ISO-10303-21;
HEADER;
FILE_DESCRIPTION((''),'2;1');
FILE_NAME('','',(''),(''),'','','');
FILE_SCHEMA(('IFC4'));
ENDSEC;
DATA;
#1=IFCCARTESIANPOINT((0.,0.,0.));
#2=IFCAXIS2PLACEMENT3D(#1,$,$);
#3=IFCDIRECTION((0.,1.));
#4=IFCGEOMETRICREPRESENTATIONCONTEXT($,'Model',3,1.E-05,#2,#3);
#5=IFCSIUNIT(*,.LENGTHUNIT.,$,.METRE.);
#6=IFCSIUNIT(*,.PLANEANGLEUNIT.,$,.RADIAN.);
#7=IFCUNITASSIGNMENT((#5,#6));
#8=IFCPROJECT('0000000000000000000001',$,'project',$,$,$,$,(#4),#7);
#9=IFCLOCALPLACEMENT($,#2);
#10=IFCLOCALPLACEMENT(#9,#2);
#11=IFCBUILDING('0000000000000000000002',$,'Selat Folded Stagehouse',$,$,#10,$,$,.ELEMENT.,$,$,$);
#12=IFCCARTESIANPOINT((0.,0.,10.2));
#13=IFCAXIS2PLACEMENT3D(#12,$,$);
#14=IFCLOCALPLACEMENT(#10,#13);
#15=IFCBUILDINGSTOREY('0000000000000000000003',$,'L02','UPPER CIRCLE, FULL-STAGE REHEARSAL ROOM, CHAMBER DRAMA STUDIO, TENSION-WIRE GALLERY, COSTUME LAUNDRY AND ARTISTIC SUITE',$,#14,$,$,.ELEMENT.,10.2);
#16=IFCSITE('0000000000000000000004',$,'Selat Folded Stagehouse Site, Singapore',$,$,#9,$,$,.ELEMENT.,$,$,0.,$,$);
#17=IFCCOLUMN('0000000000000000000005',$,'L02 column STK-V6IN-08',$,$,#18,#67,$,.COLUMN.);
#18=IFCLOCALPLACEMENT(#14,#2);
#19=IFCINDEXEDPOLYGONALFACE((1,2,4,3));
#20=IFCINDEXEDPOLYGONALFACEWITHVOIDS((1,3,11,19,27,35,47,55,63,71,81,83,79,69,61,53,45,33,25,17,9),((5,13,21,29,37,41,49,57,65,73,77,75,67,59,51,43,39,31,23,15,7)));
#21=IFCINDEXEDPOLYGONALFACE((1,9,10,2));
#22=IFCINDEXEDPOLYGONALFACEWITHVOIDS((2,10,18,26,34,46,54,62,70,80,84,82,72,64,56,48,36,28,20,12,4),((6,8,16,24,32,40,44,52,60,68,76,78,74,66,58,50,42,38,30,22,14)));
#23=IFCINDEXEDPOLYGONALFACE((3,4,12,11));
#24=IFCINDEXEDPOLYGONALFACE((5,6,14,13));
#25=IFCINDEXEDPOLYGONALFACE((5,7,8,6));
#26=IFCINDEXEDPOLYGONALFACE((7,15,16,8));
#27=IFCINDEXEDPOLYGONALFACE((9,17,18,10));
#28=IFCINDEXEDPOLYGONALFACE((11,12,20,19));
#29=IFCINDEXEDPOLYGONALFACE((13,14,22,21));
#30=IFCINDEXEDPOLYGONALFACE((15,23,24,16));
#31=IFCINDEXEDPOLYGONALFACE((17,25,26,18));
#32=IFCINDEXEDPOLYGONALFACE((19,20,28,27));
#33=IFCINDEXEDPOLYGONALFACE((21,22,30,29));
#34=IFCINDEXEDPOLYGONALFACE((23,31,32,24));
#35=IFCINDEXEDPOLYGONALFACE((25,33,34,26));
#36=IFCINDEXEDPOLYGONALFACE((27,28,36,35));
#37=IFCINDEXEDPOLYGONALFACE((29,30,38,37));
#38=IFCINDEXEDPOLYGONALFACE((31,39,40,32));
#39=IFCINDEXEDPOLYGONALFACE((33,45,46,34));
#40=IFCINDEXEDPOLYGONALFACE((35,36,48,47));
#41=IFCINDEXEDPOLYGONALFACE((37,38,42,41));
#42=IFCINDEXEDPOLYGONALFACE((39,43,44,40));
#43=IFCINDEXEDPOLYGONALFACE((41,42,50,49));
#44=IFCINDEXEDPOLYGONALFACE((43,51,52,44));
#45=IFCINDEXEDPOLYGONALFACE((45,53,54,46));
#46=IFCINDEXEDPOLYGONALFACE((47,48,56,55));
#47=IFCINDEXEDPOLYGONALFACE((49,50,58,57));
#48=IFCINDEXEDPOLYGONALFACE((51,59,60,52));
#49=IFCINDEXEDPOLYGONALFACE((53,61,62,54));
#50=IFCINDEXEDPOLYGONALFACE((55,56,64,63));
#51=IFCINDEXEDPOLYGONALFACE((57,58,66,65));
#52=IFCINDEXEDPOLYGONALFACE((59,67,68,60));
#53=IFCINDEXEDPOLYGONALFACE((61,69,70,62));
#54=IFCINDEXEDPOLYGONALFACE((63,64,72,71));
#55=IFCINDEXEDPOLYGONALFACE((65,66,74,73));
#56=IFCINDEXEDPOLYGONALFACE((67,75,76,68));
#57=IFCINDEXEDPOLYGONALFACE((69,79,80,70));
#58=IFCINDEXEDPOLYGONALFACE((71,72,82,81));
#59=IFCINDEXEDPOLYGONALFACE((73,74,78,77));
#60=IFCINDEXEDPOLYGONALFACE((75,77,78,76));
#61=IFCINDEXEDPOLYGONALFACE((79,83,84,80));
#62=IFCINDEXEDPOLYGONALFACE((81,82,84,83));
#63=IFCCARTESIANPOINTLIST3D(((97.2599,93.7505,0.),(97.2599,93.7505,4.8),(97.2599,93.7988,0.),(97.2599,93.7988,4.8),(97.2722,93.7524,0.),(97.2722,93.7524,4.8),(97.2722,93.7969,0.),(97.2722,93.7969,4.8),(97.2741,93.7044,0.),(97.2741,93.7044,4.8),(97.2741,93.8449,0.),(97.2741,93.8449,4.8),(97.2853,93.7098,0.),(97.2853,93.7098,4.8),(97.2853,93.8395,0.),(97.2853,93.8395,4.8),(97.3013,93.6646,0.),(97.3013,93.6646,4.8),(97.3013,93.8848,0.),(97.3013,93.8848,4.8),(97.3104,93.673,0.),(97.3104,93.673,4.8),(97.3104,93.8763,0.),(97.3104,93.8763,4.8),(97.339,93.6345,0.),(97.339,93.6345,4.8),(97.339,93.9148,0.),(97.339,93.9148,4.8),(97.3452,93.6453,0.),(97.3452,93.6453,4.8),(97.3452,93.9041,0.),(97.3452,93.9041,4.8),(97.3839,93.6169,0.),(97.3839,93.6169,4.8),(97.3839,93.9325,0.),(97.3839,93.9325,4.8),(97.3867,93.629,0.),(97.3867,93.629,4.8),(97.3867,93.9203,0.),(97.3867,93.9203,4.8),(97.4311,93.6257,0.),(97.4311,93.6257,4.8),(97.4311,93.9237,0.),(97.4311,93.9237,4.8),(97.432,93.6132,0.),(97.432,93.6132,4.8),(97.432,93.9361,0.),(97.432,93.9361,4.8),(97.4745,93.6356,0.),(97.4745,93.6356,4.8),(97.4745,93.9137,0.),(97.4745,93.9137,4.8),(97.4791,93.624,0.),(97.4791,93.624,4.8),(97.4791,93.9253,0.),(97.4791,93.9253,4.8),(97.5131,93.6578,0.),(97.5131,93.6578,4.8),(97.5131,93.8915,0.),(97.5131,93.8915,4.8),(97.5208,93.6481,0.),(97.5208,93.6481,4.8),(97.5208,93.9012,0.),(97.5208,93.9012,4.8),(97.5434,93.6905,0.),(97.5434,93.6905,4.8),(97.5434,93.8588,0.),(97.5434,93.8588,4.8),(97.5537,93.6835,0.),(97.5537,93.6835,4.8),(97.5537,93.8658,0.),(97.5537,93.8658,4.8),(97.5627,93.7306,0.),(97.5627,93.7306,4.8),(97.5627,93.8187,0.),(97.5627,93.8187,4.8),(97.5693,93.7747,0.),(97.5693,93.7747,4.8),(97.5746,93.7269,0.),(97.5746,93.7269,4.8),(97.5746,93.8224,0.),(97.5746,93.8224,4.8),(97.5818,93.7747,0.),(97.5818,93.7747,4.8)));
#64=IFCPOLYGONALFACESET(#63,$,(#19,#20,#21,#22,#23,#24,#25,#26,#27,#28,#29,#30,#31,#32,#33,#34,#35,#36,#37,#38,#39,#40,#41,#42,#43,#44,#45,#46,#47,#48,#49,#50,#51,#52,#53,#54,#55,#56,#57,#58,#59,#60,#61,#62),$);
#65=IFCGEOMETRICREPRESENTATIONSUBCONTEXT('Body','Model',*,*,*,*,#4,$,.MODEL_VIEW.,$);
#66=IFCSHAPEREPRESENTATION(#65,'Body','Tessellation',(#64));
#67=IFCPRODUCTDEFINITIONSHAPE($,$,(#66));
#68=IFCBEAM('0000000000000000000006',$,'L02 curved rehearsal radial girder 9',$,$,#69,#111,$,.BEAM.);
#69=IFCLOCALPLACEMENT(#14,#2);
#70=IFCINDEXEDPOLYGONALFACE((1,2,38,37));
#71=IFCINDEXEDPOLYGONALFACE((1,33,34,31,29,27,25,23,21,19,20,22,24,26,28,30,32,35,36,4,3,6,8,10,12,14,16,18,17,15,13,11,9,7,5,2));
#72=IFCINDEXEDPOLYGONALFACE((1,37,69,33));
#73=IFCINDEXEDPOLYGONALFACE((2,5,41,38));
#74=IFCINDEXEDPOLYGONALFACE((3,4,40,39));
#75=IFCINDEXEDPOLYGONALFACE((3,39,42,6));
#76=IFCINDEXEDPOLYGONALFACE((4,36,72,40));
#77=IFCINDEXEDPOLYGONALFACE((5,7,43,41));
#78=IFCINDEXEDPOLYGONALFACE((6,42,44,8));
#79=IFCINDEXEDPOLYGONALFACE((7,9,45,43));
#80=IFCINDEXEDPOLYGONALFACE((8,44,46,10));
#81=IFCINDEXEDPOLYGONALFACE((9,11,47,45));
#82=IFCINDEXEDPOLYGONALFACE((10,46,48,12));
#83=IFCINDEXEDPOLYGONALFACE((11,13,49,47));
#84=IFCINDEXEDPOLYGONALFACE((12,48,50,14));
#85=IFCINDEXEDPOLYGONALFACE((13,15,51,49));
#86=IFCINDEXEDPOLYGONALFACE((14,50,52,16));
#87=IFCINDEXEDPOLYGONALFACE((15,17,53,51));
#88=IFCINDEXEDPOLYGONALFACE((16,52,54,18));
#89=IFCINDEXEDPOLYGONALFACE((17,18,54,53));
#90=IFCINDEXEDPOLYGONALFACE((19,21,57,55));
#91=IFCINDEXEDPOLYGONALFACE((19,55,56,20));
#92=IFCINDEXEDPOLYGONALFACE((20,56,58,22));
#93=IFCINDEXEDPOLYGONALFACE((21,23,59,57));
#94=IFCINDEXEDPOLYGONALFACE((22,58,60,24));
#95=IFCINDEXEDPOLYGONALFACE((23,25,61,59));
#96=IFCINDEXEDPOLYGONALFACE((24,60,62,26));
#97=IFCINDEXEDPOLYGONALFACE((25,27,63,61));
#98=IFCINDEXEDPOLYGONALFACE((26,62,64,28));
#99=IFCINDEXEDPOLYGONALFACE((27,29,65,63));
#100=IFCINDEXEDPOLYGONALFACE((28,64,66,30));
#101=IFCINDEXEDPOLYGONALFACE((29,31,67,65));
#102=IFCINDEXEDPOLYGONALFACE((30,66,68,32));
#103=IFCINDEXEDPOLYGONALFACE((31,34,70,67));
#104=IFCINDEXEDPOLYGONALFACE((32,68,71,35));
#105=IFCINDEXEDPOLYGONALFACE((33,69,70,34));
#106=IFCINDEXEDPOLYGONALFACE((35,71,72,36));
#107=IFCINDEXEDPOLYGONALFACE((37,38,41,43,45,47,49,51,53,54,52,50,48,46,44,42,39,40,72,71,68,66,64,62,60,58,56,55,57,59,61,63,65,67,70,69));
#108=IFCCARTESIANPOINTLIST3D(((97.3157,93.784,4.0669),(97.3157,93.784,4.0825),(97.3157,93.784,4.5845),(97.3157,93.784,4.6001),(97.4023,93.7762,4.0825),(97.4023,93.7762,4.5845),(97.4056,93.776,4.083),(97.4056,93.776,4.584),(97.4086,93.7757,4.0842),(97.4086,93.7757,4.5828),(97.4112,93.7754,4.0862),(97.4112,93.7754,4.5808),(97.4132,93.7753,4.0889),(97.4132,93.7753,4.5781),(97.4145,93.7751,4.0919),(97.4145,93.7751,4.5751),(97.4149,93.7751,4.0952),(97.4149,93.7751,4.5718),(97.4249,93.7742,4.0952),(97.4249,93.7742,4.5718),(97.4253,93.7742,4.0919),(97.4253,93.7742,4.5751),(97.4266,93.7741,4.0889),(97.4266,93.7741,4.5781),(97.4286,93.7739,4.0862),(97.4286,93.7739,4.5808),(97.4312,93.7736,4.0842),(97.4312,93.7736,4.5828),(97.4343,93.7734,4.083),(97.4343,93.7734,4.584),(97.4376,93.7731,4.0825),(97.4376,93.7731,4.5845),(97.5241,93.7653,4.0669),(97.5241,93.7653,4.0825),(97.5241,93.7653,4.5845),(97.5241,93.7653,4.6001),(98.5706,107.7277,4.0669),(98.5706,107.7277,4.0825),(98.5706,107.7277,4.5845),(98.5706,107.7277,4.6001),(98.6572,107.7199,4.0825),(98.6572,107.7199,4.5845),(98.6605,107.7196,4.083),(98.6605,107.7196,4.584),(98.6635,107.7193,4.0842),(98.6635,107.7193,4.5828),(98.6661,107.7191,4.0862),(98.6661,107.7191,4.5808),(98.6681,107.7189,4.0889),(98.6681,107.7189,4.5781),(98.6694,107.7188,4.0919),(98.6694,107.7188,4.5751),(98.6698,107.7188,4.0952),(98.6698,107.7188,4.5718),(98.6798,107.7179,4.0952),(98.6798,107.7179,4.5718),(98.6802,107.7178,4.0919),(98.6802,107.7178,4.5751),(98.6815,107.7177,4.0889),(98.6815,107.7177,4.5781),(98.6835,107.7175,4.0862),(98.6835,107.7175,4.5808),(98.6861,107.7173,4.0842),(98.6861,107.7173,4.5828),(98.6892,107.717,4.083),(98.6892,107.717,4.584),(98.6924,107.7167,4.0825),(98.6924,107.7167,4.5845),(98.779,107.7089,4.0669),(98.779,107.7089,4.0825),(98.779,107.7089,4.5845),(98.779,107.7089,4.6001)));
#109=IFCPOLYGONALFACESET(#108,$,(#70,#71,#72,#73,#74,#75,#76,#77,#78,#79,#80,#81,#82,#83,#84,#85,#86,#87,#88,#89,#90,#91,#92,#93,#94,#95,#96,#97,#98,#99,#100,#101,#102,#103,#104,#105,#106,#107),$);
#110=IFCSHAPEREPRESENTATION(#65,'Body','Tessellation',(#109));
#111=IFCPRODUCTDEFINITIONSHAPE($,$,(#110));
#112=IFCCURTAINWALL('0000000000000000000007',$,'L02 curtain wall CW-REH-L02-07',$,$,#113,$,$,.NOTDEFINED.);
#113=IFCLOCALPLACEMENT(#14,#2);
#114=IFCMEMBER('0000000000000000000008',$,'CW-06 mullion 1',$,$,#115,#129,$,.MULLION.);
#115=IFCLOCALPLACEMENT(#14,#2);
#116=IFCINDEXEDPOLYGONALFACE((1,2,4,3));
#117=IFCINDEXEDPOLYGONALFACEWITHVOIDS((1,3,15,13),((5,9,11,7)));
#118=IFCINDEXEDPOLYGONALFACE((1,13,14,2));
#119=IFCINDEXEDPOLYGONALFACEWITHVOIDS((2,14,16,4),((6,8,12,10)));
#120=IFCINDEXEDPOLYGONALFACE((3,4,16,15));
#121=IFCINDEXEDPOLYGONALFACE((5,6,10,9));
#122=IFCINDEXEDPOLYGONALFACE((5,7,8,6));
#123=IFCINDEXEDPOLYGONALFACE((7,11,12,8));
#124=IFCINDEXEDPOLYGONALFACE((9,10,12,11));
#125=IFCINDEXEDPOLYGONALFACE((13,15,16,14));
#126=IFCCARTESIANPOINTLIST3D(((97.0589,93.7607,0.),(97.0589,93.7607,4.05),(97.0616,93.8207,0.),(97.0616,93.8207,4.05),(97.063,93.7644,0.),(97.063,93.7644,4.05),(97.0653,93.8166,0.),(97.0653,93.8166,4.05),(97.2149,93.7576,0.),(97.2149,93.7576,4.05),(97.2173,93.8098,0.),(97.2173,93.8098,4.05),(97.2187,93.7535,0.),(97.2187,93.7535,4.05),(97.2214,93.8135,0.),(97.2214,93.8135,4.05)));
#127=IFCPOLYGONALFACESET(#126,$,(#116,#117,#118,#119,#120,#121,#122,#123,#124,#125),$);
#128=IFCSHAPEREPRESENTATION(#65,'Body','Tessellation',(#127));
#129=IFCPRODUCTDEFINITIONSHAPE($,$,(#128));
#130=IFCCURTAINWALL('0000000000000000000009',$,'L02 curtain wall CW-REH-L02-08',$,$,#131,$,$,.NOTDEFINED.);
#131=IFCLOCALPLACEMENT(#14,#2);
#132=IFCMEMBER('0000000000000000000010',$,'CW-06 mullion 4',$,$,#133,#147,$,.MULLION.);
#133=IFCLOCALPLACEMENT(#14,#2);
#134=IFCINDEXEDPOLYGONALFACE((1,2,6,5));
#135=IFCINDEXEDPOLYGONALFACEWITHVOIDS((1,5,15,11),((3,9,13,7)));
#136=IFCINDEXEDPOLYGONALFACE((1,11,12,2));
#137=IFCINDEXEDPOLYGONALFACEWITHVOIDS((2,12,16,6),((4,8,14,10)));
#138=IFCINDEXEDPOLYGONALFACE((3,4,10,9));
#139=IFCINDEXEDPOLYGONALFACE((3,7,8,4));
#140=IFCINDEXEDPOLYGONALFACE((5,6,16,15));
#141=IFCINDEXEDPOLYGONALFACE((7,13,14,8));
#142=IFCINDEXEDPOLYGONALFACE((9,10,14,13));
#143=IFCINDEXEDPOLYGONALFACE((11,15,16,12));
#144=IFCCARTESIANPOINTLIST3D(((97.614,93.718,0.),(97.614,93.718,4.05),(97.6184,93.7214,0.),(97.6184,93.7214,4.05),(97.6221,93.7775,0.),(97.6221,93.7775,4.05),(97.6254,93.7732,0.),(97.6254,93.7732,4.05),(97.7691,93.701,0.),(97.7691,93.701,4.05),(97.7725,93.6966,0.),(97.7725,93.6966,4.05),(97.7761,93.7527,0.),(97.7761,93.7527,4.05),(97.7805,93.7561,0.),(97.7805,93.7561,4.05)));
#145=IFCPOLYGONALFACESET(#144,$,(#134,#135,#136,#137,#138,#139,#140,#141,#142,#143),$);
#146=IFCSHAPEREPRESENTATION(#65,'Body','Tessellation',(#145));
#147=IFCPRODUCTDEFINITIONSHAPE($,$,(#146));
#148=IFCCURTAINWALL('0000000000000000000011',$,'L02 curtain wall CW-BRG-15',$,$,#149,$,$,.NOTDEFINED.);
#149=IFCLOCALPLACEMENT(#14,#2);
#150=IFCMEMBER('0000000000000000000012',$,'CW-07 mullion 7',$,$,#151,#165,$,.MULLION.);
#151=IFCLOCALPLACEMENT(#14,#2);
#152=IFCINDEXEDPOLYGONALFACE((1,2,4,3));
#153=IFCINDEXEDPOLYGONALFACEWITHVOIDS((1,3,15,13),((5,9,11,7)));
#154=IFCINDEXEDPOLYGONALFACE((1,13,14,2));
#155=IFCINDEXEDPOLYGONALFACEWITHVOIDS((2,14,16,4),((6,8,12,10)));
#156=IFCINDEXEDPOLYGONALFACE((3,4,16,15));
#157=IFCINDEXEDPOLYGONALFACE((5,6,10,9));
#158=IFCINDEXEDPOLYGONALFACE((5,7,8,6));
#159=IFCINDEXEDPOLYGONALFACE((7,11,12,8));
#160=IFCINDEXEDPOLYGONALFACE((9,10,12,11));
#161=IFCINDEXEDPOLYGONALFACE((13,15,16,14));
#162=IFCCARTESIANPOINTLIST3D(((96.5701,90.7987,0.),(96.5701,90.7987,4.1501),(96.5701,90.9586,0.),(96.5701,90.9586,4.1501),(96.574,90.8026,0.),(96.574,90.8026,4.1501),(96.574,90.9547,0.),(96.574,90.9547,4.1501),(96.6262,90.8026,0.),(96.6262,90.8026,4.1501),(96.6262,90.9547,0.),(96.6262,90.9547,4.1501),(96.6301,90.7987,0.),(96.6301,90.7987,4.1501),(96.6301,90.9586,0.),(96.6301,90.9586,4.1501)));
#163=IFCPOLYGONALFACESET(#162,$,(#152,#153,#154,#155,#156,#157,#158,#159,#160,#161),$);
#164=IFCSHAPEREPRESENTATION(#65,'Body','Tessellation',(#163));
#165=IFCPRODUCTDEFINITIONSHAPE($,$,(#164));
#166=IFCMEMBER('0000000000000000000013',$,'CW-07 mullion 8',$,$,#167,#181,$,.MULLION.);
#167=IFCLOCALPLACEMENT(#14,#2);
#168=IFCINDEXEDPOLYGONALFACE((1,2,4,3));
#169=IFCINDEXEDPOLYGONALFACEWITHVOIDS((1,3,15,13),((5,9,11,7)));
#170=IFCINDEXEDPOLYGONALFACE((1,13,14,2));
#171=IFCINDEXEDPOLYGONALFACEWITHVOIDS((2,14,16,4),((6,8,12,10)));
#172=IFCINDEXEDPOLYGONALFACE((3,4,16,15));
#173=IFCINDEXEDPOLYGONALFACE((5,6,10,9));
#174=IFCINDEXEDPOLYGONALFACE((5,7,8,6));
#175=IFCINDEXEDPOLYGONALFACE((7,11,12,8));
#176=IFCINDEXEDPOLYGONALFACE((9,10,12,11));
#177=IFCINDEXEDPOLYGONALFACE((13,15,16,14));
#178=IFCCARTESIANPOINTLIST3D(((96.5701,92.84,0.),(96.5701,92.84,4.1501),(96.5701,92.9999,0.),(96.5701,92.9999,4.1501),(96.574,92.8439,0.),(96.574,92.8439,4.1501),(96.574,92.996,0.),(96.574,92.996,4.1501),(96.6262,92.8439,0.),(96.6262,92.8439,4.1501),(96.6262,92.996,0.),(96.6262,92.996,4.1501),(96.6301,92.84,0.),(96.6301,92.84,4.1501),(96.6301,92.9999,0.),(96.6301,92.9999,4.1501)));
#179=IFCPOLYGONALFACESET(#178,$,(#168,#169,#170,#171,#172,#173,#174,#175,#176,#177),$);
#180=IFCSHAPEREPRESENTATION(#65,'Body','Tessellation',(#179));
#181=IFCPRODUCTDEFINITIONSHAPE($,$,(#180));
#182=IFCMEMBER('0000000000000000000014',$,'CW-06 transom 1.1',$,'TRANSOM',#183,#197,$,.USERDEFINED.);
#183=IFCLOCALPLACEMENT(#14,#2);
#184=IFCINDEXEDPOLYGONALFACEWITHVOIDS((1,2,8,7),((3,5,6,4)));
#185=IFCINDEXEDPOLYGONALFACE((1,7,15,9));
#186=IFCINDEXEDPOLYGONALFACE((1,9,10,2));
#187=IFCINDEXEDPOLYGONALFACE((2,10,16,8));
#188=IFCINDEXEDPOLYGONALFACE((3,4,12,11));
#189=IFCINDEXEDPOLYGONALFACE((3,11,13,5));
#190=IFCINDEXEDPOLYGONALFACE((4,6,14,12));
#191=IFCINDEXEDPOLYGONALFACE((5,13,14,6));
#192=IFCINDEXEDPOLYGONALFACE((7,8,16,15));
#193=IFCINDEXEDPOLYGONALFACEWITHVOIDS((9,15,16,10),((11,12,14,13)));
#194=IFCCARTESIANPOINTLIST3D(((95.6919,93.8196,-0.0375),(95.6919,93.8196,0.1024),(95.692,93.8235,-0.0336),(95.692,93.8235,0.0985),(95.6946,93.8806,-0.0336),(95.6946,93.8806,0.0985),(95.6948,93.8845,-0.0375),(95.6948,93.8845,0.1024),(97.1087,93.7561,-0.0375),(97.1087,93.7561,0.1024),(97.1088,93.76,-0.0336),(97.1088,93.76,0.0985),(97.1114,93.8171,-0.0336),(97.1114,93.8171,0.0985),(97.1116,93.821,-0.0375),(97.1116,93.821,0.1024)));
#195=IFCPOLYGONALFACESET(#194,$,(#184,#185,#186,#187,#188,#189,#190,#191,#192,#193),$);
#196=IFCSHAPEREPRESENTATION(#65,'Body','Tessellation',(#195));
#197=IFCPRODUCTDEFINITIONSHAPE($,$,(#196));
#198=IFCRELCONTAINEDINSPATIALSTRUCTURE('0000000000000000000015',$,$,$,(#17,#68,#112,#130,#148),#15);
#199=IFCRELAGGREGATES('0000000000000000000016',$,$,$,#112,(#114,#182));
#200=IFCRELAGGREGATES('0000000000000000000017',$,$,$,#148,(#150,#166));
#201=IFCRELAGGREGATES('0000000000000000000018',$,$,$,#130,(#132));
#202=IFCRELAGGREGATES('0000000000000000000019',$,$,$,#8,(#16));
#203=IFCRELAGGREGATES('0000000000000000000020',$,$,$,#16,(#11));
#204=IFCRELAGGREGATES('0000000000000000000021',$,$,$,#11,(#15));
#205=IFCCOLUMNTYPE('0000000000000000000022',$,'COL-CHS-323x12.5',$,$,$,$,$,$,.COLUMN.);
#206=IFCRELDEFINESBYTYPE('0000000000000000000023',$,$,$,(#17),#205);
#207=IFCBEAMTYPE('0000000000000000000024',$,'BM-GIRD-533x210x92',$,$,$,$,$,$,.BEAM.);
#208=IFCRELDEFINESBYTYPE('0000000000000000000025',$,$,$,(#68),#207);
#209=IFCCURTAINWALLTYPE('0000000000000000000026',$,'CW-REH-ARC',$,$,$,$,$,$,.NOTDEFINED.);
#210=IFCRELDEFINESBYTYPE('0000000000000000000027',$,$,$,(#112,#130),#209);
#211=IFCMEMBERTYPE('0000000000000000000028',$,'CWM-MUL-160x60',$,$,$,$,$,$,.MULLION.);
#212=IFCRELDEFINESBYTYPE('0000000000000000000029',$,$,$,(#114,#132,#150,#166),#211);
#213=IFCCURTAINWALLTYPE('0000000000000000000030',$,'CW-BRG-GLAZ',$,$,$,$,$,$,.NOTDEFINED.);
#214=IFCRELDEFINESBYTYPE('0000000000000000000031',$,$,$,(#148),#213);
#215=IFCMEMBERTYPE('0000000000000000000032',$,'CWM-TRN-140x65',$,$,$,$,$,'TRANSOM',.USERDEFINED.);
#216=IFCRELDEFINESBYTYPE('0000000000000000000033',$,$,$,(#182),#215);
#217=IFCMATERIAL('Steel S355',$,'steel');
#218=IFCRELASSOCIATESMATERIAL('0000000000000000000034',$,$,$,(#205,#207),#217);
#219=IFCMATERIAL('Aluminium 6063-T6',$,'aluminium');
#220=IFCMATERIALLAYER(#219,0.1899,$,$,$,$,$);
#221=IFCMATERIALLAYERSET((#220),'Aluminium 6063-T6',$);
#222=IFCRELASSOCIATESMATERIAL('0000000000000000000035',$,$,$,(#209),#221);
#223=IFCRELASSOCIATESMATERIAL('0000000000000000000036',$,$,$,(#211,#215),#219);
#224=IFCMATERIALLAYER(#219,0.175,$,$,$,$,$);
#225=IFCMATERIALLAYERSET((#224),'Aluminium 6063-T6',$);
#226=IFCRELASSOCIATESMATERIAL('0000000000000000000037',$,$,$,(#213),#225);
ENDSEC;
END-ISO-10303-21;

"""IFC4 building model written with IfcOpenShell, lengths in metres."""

from ifc_helpers import new_model, si_unit, direction, frame, origin, origin_2d, place, context, subcontext, project, spatial, hollow_rectangle, hollow_circle, i_section, extrude, material, layer, layer_set, material_profile, profile_set, type_object, element, aggregate, save


model = new_model("IFC4")

# Units and contexts
model_context = context("Model", 3, precision=1e-05, world=origin(), true_north=direction((0.0, 1.0)))
body_context = subcontext(model_context, "Body", "Model", "MODEL_VIEW")
ifc_project = project(units=[si_unit("LENGTHUNIT", "METRE"), si_unit("PLANEANGLEUNIT", "RADIAN")], contexts=[model_context])

# Site, building, storey
site_placement = place(None, origin())
site = spatial("IfcSite", under=ifc_project, at=site_placement, Name="Selat Folded Stagehouse Site, Singapore", CompositionType="ELEMENT", RefElevation=0.0)
building_placement = place(site_placement, origin())
building = spatial("IfcBuilding", under=site, at=building_placement, Name="Selat Folded Stagehouse", CompositionType="ELEMENT")
storey_placement = place(building_placement, frame((0.0, 0.0, 10.2)))
storey = spatial("IfcBuildingStorey", under=building, at=storey_placement, Name="L02", Description="UPPER CIRCLE, FULL-STAGE REHEARSAL ROOM, CHAMBER DRAMA STUDIO, TENSION-WIRE GALLERY, COSTUME LAUNDRY AND ARTISTIC SUITE", CompositionType="ELEMENT", Elevation=10.2)

# Column
ifc_material_1 = material(Name="Steel S355", Category="steel")
ifc_material_profile_1 = material_profile(ifc_material_1, hollow_circle(Radius=0.1619, WallThickness=0.0125, at=origin_2d()), Name="CHS 323.9x12.5")
ifc_profile_set_1 = profile_set([ifc_material_profile_1], Name="Steel S355")
column_type = type_object("IfcColumnType", Name="COL-CHS-323x12.5", PredefinedType="COLUMN", material=ifc_profile_set_1)
column_placement = place(storey_placement, frame((97.4199, 93.7747, 0.0), z_axis=(0.0, 0.0, 1.0), x_axis=(1.0, 0.0, 0.0)))
element("IfcColumn", 1, at=column_placement, inside=storey, type_object=column_type, Name="L02 column STK-V6IN-08", PredefinedType="COLUMN", context=body_context, shape_type="SweptSolid", body=[
    extrude(hollow_circle(Radius=0.1619, WallThickness=0.0125, at=origin_2d()), origin(), (0.0, 0.0, 1.0), 4.8),
])

# Beam
ifc_material_profile_2 = material_profile(ifc_material_1, i_section(OverallWidth=0.2092, OverallDepth=0.5332, WebThickness=0.01, FlangeThickness=0.0156, FilletRadius=0.0127, at=origin_2d()), Name="UKB 533x210x92")
ifc_profile_set_2 = profile_set([ifc_material_profile_2], Name="Steel S355")
beam_type_1 = type_object("IfcBeamType", Name="BM-GIRD-533x210x92", PredefinedType="BEAM", material=ifc_profile_set_2)
beam_1_placement = place(storey_placement, frame((97.4199, 93.7747, 4.3335), z_axis=(0.089635, 0.995975, 0.0), x_axis=(-0.995975, 0.089635, 0.0)))
element("IfcBeam", 2, at=beam_1_placement, inside=storey, type_object=beam_type_1, Name="L02 curved rehearsal radial girder 9", PredefinedType="BEAM", context=body_context, shape_type="SweptSolid", body=[
    extrude(i_section(OverallWidth=0.2092, OverallDepth=0.5332, WebThickness=0.01, FlangeThickness=0.0156, FilletRadius=0.0127, at=origin_2d()), origin(), (0.0, 0.0, 1.0), 14.0),
])

# Curtain walls, members
ifc_material_2 = material(Name="Aluminium 6063-T6", Category="aluminium")
ifc_layer_1 = layer(ifc_material_2, 0.1899)
ifc_layer_set_1 = layer_set([ifc_layer_1], Name="Aluminium 6063-T6")
curtain_wall_type_1 = type_object("IfcCurtainWallType", Name="CW-REH-ARC", PredefinedType="NOTDEFINED", material=ifc_layer_set_1)
curtain_wall_1_placement = place(storey_placement, origin())
curtain_wall_1 = element("IfcCurtainWall", 3, at=curtain_wall_1_placement, inside=storey, type_object=curtain_wall_type_1, Name="L02 curtain wall CW-REH-L02-07", PredefinedType="NOTDEFINED")
ifc_material_profile_3 = material_profile(ifc_material_2, hollow_rectangle(XDim=0.0601, YDim=0.1599, WallThickness=0.0039, at=origin_2d()), Name="ALU 160x60x4.0")
ifc_profile_set_3 = profile_set([ifc_material_profile_3], Name="Aluminium 6063-T6")
member_type_1 = type_object("IfcMemberType", Name="CWM-MUL-160x60", PredefinedType="MULLION", material=ifc_profile_set_3)
member_1_placement = place(storey_placement, frame((97.1401, 93.7871, 0.0), z_axis=(0.0, 0.0, 1.0), x_axis=(-0.044862, -0.998993, 0.0)))
member_1 = element("IfcMember", 4, at=member_1_placement, type_object=member_type_1, Name="CW-06 mullion 1", PredefinedType="MULLION", context=body_context, shape_type="SweptSolid", body=[
    extrude(hollow_rectangle(XDim=0.0601, YDim=0.1599, WallThickness=0.0039, at=origin_2d()), origin(), (0.0, 0.0, 1.0), 4.05),
])
curtain_wall_2_placement = place(storey_placement, origin())
curtain_wall_2 = element("IfcCurtainWall", 5, at=curtain_wall_2_placement, inside=storey, type_object=curtain_wall_type_1, Name="L02 curtain wall CW-REH-L02-08", PredefinedType="NOTDEFINED")
member_2_placement = place(storey_placement, frame((97.6973, 93.7371, 0.0), z_axis=(0.0, 0.0, 1.0), x_axis=(-0.134212, -0.990953, 0.0)))
member_2 = element("IfcMember", 6, at=member_2_placement, type_object=member_type_1, Name="CW-06 mullion 4", PredefinedType="MULLION", context=body_context, shape_type="SweptSolid", body=[
    extrude(hollow_rectangle(XDim=0.0601, YDim=0.1599, WallThickness=0.0039, at=origin_2d()), origin(), (0.0, 0.0, 1.0), 4.05),
])

# Curtain wall, members
ifc_layer_2 = layer(ifc_material_2, 0.175)
ifc_layer_set_2 = layer_set([ifc_layer_2], Name="Aluminium 6063-T6")
curtain_wall_type_2 = type_object("IfcCurtainWallType", Name="CW-BRG-GLAZ", PredefinedType="NOTDEFINED", material=ifc_layer_set_2)
curtain_wall_3_placement = place(storey_placement, origin())
curtain_wall_3 = element("IfcCurtainWall", 7, at=curtain_wall_3_placement, inside=storey, type_object=curtain_wall_type_2, Name="L02 curtain wall CW-BRG-15", PredefinedType="NOTDEFINED")
member_3_placement = place(storey_placement, frame((96.6001, 90.8787, 0.0), z_axis=(0.0, 0.0, 1.0), x_axis=(-1.0, 0.0, 0.0)))
member_3 = element("IfcMember", 8, at=member_3_placement, type_object=member_type_1, Name="CW-07 mullion 7", PredefinedType="MULLION", context=body_context, shape_type="SweptSolid", body=[
    extrude(hollow_rectangle(XDim=0.0601, YDim=0.1599, WallThickness=0.0039, at=origin_2d()), origin(), (0.0, 0.0, 1.0), 4.1501),
])
member_4_placement = place(storey_placement, frame((96.6001, 92.9199, 0.0), z_axis=(0.0, 0.0, 1.0), x_axis=(-1.0, 0.0, 0.0)))
member_4 = element("IfcMember", 9, at=member_4_placement, type_object=member_type_1, Name="CW-07 mullion 8", PredefinedType="MULLION", context=body_context, shape_type="SweptSolid", body=[
    extrude(hollow_rectangle(XDim=0.0601, YDim=0.1599, WallThickness=0.0039, at=origin_2d()), origin(), (0.0, 0.0, 1.0), 4.1501),
])

# Member
ifc_material_profile_4 = material_profile(ifc_material_2, hollow_rectangle(XDim=0.0649, YDim=0.1399, WallThickness=0.0039, at=origin_2d()), Name="ALU 140x65x4.0")
ifc_profile_set_4 = profile_set([ifc_material_profile_4], Name="Aluminium 6063-T6")
member_type_2 = type_object("IfcMemberType", Name="CWM-TRN-140x65", ElementType="TRANSOM", PredefinedType="USERDEFINED", material=ifc_profile_set_4)
member_5_placement = place(storey_placement, frame((97.1101, 93.7886, 0.0325), z_axis=(-0.998998, 0.04476, 0.0), x_axis=(-0.04476, -0.998998, 0.0)))
member_5 = element("IfcMember", 10, at=member_5_placement, type_object=member_type_2, Name="CW-06 transom 1.1", ObjectType="TRANSOM", PredefinedType="USERDEFINED", context=body_context, shape_type="SweptSolid", body=[
    extrude(hollow_rectangle(XDim=0.0649, YDim=0.1399, WallThickness=0.0039, at=origin_2d()), origin(), (0.0, 0.0, 1.0), 1.4182),
])
aggregate(curtain_wall_1, [member_1, member_5])

aggregate(curtain_wall_3, [member_3, member_4])
aggregate(curtain_wall_2, [member_2])

save(model, "model.ifc")
